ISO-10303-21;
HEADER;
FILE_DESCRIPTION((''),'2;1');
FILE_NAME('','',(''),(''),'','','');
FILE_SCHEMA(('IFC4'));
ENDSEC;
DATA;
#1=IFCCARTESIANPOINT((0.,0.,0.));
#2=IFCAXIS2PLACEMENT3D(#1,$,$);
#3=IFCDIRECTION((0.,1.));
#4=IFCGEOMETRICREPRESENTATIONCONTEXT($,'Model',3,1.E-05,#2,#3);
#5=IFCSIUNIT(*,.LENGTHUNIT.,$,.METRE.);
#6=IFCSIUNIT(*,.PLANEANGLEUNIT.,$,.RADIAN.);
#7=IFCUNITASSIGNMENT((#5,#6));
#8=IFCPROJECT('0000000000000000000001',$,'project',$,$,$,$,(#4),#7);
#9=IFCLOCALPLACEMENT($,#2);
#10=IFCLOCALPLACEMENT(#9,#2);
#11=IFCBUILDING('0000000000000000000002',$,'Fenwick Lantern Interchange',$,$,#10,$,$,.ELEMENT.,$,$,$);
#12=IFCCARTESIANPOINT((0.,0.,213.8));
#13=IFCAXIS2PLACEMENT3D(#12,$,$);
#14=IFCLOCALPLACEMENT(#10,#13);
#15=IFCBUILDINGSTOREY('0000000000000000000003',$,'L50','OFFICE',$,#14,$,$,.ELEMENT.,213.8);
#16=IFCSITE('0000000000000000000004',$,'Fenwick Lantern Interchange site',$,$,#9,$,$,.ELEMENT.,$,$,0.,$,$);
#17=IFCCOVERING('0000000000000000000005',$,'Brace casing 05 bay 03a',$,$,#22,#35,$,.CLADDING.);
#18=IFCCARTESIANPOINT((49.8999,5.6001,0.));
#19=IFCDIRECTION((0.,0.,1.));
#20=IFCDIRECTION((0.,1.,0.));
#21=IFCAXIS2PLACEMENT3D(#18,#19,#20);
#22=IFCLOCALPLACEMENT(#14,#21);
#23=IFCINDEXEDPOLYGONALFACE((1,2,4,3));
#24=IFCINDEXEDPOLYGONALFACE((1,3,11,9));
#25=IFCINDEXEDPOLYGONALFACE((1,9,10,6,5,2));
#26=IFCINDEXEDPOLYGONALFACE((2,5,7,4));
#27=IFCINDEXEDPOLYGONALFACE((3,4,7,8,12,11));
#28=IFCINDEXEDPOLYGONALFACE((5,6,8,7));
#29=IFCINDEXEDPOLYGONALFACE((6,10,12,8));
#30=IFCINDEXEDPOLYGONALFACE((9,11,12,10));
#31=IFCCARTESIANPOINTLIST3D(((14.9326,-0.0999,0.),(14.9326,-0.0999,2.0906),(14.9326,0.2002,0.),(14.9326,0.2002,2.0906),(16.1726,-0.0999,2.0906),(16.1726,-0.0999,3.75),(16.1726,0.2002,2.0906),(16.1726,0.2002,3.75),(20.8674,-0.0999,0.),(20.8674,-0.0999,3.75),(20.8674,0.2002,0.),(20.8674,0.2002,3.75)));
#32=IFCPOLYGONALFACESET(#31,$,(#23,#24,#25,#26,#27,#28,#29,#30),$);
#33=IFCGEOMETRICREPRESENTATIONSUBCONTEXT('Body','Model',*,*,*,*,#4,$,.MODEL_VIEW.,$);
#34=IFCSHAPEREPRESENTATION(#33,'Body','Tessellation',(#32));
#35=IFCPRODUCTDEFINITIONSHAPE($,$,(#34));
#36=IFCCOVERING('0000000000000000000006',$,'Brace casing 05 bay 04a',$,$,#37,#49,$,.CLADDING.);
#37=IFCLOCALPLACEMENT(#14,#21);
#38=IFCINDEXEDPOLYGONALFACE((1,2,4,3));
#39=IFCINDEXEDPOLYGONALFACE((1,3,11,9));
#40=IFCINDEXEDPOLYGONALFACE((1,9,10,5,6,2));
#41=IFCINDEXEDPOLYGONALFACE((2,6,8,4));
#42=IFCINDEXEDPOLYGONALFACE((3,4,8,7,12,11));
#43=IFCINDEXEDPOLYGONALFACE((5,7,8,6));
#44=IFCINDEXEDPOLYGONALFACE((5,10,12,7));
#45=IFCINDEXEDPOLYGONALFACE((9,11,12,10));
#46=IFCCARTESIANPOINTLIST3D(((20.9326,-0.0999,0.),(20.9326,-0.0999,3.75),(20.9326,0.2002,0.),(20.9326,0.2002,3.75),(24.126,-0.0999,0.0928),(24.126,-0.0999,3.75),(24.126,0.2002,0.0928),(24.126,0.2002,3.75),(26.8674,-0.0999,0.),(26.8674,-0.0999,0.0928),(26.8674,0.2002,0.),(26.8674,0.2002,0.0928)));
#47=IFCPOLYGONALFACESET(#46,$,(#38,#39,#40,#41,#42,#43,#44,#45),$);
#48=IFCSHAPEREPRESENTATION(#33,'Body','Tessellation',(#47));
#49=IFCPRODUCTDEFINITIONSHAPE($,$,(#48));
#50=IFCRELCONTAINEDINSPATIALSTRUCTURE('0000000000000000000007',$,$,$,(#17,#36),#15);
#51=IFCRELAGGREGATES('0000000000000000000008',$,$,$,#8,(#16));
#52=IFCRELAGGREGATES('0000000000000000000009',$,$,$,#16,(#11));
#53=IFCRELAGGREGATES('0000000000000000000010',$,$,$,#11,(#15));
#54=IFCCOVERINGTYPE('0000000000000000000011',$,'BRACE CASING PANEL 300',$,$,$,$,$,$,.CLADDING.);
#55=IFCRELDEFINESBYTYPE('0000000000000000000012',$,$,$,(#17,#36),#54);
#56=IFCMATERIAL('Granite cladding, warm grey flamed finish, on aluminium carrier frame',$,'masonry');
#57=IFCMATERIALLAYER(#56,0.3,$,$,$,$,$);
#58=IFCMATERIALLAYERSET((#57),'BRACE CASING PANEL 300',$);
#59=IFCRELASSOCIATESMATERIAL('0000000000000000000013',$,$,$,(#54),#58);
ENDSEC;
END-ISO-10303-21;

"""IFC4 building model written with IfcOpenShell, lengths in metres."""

from ifc_helpers import new_model, si_unit, direction, frame, origin, place, context, subcontext, project, spatial, polyline, outline, extrude, material, layer, layer_set, type_object, element, save


model = new_model("IFC4")

# Units and contexts
model_context = context("Model", 3, precision=1e-05, world=origin(), true_north=direction((0.0, 1.0)))
body_context = subcontext(model_context, "Body", "Model", "MODEL_VIEW")
ifc_project = project(units=[si_unit("LENGTHUNIT", "METRE"), si_unit("PLANEANGLEUNIT", "RADIAN")], contexts=[model_context])

# Site, building, storey
site_placement = place(None, origin())
site = spatial("IfcSite", under=ifc_project, at=site_placement, Name="Fenwick Lantern Interchange site", CompositionType="ELEMENT", RefElevation=0.0)
building_placement = place(site_placement, origin())
building = spatial("IfcBuilding", under=site, at=building_placement, Name="Fenwick Lantern Interchange", CompositionType="ELEMENT")
storey_placement = place(building_placement, frame((0.0, 0.0, 213.8)))
storey = spatial("IfcBuildingStorey", under=building, at=storey_placement, Name="L50", Description="OFFICE", CompositionType="ELEMENT", Elevation=213.8)

# Coverings
ifc_material_1 = material(Name="Granite cladding, warm grey flamed finish, on aluminium carrier frame", Category="masonry")
ifc_layer_1 = layer(ifc_material_1, 0.3)
ifc_layer_set_1 = layer_set([ifc_layer_1], Name="BRACE CASING PANEL 300")
covering_type = type_object("IfcCoveringType", Name="BRACE CASING PANEL 300", PredefinedType="CLADDING", material=ifc_layer_set_1)
covering_1_placement = place(storey_placement, frame((49.8999, 5.6001, 0.0), z_axis=(0.0, 0.0, 1.0), x_axis=(0.0, 1.0, 0.0)))
element("IfcCovering", 1, at=covering_1_placement, inside=storey, type_object=covering_type, Name="Brace casing 05 bay 03a", PredefinedType="CLADDING", context=body_context, shape_type="SweptSolid", body=[
    extrude(outline(polyline([(14.9326, 0.0), (20.8674, 0.0), (20.8674, 3.75), (16.1726, 3.75), (16.1726, 2.0906), (14.9326, 2.0906), (14.9326, 0.0)])), frame((0.0, 0.2002, 0.0), z_axis=(0.0, -1.0, 0.0), x_axis=(1.0, 0.0, 0.0)), (0.0, 0.0, 1.0), 0.3),
])
covering_2_placement = place(storey_placement, frame((49.8999, 5.6001, 0.0), z_axis=(0.0, 0.0, 1.0), x_axis=(0.0, 1.0, 0.0)))
element("IfcCovering", 2, at=covering_2_placement, inside=storey, type_object=covering_type, Name="Brace casing 05 bay 04a", PredefinedType="CLADDING", context=body_context, shape_type="SweptSolid", body=[
    extrude(outline(polyline([(20.9326, 0.0), (26.8674, 0.0), (26.8674, 0.0928), (24.126, 0.0928), (24.126, 3.75), (20.9326, 3.75), (20.9326, 0.0)])), frame((0.0, 0.2002, 0.0), z_axis=(0.0, -1.0, 0.0), x_axis=(1.0, 0.0, 0.0)), (0.0, 0.0, 1.0), 0.3),
])

save(model, "model.ifc")
